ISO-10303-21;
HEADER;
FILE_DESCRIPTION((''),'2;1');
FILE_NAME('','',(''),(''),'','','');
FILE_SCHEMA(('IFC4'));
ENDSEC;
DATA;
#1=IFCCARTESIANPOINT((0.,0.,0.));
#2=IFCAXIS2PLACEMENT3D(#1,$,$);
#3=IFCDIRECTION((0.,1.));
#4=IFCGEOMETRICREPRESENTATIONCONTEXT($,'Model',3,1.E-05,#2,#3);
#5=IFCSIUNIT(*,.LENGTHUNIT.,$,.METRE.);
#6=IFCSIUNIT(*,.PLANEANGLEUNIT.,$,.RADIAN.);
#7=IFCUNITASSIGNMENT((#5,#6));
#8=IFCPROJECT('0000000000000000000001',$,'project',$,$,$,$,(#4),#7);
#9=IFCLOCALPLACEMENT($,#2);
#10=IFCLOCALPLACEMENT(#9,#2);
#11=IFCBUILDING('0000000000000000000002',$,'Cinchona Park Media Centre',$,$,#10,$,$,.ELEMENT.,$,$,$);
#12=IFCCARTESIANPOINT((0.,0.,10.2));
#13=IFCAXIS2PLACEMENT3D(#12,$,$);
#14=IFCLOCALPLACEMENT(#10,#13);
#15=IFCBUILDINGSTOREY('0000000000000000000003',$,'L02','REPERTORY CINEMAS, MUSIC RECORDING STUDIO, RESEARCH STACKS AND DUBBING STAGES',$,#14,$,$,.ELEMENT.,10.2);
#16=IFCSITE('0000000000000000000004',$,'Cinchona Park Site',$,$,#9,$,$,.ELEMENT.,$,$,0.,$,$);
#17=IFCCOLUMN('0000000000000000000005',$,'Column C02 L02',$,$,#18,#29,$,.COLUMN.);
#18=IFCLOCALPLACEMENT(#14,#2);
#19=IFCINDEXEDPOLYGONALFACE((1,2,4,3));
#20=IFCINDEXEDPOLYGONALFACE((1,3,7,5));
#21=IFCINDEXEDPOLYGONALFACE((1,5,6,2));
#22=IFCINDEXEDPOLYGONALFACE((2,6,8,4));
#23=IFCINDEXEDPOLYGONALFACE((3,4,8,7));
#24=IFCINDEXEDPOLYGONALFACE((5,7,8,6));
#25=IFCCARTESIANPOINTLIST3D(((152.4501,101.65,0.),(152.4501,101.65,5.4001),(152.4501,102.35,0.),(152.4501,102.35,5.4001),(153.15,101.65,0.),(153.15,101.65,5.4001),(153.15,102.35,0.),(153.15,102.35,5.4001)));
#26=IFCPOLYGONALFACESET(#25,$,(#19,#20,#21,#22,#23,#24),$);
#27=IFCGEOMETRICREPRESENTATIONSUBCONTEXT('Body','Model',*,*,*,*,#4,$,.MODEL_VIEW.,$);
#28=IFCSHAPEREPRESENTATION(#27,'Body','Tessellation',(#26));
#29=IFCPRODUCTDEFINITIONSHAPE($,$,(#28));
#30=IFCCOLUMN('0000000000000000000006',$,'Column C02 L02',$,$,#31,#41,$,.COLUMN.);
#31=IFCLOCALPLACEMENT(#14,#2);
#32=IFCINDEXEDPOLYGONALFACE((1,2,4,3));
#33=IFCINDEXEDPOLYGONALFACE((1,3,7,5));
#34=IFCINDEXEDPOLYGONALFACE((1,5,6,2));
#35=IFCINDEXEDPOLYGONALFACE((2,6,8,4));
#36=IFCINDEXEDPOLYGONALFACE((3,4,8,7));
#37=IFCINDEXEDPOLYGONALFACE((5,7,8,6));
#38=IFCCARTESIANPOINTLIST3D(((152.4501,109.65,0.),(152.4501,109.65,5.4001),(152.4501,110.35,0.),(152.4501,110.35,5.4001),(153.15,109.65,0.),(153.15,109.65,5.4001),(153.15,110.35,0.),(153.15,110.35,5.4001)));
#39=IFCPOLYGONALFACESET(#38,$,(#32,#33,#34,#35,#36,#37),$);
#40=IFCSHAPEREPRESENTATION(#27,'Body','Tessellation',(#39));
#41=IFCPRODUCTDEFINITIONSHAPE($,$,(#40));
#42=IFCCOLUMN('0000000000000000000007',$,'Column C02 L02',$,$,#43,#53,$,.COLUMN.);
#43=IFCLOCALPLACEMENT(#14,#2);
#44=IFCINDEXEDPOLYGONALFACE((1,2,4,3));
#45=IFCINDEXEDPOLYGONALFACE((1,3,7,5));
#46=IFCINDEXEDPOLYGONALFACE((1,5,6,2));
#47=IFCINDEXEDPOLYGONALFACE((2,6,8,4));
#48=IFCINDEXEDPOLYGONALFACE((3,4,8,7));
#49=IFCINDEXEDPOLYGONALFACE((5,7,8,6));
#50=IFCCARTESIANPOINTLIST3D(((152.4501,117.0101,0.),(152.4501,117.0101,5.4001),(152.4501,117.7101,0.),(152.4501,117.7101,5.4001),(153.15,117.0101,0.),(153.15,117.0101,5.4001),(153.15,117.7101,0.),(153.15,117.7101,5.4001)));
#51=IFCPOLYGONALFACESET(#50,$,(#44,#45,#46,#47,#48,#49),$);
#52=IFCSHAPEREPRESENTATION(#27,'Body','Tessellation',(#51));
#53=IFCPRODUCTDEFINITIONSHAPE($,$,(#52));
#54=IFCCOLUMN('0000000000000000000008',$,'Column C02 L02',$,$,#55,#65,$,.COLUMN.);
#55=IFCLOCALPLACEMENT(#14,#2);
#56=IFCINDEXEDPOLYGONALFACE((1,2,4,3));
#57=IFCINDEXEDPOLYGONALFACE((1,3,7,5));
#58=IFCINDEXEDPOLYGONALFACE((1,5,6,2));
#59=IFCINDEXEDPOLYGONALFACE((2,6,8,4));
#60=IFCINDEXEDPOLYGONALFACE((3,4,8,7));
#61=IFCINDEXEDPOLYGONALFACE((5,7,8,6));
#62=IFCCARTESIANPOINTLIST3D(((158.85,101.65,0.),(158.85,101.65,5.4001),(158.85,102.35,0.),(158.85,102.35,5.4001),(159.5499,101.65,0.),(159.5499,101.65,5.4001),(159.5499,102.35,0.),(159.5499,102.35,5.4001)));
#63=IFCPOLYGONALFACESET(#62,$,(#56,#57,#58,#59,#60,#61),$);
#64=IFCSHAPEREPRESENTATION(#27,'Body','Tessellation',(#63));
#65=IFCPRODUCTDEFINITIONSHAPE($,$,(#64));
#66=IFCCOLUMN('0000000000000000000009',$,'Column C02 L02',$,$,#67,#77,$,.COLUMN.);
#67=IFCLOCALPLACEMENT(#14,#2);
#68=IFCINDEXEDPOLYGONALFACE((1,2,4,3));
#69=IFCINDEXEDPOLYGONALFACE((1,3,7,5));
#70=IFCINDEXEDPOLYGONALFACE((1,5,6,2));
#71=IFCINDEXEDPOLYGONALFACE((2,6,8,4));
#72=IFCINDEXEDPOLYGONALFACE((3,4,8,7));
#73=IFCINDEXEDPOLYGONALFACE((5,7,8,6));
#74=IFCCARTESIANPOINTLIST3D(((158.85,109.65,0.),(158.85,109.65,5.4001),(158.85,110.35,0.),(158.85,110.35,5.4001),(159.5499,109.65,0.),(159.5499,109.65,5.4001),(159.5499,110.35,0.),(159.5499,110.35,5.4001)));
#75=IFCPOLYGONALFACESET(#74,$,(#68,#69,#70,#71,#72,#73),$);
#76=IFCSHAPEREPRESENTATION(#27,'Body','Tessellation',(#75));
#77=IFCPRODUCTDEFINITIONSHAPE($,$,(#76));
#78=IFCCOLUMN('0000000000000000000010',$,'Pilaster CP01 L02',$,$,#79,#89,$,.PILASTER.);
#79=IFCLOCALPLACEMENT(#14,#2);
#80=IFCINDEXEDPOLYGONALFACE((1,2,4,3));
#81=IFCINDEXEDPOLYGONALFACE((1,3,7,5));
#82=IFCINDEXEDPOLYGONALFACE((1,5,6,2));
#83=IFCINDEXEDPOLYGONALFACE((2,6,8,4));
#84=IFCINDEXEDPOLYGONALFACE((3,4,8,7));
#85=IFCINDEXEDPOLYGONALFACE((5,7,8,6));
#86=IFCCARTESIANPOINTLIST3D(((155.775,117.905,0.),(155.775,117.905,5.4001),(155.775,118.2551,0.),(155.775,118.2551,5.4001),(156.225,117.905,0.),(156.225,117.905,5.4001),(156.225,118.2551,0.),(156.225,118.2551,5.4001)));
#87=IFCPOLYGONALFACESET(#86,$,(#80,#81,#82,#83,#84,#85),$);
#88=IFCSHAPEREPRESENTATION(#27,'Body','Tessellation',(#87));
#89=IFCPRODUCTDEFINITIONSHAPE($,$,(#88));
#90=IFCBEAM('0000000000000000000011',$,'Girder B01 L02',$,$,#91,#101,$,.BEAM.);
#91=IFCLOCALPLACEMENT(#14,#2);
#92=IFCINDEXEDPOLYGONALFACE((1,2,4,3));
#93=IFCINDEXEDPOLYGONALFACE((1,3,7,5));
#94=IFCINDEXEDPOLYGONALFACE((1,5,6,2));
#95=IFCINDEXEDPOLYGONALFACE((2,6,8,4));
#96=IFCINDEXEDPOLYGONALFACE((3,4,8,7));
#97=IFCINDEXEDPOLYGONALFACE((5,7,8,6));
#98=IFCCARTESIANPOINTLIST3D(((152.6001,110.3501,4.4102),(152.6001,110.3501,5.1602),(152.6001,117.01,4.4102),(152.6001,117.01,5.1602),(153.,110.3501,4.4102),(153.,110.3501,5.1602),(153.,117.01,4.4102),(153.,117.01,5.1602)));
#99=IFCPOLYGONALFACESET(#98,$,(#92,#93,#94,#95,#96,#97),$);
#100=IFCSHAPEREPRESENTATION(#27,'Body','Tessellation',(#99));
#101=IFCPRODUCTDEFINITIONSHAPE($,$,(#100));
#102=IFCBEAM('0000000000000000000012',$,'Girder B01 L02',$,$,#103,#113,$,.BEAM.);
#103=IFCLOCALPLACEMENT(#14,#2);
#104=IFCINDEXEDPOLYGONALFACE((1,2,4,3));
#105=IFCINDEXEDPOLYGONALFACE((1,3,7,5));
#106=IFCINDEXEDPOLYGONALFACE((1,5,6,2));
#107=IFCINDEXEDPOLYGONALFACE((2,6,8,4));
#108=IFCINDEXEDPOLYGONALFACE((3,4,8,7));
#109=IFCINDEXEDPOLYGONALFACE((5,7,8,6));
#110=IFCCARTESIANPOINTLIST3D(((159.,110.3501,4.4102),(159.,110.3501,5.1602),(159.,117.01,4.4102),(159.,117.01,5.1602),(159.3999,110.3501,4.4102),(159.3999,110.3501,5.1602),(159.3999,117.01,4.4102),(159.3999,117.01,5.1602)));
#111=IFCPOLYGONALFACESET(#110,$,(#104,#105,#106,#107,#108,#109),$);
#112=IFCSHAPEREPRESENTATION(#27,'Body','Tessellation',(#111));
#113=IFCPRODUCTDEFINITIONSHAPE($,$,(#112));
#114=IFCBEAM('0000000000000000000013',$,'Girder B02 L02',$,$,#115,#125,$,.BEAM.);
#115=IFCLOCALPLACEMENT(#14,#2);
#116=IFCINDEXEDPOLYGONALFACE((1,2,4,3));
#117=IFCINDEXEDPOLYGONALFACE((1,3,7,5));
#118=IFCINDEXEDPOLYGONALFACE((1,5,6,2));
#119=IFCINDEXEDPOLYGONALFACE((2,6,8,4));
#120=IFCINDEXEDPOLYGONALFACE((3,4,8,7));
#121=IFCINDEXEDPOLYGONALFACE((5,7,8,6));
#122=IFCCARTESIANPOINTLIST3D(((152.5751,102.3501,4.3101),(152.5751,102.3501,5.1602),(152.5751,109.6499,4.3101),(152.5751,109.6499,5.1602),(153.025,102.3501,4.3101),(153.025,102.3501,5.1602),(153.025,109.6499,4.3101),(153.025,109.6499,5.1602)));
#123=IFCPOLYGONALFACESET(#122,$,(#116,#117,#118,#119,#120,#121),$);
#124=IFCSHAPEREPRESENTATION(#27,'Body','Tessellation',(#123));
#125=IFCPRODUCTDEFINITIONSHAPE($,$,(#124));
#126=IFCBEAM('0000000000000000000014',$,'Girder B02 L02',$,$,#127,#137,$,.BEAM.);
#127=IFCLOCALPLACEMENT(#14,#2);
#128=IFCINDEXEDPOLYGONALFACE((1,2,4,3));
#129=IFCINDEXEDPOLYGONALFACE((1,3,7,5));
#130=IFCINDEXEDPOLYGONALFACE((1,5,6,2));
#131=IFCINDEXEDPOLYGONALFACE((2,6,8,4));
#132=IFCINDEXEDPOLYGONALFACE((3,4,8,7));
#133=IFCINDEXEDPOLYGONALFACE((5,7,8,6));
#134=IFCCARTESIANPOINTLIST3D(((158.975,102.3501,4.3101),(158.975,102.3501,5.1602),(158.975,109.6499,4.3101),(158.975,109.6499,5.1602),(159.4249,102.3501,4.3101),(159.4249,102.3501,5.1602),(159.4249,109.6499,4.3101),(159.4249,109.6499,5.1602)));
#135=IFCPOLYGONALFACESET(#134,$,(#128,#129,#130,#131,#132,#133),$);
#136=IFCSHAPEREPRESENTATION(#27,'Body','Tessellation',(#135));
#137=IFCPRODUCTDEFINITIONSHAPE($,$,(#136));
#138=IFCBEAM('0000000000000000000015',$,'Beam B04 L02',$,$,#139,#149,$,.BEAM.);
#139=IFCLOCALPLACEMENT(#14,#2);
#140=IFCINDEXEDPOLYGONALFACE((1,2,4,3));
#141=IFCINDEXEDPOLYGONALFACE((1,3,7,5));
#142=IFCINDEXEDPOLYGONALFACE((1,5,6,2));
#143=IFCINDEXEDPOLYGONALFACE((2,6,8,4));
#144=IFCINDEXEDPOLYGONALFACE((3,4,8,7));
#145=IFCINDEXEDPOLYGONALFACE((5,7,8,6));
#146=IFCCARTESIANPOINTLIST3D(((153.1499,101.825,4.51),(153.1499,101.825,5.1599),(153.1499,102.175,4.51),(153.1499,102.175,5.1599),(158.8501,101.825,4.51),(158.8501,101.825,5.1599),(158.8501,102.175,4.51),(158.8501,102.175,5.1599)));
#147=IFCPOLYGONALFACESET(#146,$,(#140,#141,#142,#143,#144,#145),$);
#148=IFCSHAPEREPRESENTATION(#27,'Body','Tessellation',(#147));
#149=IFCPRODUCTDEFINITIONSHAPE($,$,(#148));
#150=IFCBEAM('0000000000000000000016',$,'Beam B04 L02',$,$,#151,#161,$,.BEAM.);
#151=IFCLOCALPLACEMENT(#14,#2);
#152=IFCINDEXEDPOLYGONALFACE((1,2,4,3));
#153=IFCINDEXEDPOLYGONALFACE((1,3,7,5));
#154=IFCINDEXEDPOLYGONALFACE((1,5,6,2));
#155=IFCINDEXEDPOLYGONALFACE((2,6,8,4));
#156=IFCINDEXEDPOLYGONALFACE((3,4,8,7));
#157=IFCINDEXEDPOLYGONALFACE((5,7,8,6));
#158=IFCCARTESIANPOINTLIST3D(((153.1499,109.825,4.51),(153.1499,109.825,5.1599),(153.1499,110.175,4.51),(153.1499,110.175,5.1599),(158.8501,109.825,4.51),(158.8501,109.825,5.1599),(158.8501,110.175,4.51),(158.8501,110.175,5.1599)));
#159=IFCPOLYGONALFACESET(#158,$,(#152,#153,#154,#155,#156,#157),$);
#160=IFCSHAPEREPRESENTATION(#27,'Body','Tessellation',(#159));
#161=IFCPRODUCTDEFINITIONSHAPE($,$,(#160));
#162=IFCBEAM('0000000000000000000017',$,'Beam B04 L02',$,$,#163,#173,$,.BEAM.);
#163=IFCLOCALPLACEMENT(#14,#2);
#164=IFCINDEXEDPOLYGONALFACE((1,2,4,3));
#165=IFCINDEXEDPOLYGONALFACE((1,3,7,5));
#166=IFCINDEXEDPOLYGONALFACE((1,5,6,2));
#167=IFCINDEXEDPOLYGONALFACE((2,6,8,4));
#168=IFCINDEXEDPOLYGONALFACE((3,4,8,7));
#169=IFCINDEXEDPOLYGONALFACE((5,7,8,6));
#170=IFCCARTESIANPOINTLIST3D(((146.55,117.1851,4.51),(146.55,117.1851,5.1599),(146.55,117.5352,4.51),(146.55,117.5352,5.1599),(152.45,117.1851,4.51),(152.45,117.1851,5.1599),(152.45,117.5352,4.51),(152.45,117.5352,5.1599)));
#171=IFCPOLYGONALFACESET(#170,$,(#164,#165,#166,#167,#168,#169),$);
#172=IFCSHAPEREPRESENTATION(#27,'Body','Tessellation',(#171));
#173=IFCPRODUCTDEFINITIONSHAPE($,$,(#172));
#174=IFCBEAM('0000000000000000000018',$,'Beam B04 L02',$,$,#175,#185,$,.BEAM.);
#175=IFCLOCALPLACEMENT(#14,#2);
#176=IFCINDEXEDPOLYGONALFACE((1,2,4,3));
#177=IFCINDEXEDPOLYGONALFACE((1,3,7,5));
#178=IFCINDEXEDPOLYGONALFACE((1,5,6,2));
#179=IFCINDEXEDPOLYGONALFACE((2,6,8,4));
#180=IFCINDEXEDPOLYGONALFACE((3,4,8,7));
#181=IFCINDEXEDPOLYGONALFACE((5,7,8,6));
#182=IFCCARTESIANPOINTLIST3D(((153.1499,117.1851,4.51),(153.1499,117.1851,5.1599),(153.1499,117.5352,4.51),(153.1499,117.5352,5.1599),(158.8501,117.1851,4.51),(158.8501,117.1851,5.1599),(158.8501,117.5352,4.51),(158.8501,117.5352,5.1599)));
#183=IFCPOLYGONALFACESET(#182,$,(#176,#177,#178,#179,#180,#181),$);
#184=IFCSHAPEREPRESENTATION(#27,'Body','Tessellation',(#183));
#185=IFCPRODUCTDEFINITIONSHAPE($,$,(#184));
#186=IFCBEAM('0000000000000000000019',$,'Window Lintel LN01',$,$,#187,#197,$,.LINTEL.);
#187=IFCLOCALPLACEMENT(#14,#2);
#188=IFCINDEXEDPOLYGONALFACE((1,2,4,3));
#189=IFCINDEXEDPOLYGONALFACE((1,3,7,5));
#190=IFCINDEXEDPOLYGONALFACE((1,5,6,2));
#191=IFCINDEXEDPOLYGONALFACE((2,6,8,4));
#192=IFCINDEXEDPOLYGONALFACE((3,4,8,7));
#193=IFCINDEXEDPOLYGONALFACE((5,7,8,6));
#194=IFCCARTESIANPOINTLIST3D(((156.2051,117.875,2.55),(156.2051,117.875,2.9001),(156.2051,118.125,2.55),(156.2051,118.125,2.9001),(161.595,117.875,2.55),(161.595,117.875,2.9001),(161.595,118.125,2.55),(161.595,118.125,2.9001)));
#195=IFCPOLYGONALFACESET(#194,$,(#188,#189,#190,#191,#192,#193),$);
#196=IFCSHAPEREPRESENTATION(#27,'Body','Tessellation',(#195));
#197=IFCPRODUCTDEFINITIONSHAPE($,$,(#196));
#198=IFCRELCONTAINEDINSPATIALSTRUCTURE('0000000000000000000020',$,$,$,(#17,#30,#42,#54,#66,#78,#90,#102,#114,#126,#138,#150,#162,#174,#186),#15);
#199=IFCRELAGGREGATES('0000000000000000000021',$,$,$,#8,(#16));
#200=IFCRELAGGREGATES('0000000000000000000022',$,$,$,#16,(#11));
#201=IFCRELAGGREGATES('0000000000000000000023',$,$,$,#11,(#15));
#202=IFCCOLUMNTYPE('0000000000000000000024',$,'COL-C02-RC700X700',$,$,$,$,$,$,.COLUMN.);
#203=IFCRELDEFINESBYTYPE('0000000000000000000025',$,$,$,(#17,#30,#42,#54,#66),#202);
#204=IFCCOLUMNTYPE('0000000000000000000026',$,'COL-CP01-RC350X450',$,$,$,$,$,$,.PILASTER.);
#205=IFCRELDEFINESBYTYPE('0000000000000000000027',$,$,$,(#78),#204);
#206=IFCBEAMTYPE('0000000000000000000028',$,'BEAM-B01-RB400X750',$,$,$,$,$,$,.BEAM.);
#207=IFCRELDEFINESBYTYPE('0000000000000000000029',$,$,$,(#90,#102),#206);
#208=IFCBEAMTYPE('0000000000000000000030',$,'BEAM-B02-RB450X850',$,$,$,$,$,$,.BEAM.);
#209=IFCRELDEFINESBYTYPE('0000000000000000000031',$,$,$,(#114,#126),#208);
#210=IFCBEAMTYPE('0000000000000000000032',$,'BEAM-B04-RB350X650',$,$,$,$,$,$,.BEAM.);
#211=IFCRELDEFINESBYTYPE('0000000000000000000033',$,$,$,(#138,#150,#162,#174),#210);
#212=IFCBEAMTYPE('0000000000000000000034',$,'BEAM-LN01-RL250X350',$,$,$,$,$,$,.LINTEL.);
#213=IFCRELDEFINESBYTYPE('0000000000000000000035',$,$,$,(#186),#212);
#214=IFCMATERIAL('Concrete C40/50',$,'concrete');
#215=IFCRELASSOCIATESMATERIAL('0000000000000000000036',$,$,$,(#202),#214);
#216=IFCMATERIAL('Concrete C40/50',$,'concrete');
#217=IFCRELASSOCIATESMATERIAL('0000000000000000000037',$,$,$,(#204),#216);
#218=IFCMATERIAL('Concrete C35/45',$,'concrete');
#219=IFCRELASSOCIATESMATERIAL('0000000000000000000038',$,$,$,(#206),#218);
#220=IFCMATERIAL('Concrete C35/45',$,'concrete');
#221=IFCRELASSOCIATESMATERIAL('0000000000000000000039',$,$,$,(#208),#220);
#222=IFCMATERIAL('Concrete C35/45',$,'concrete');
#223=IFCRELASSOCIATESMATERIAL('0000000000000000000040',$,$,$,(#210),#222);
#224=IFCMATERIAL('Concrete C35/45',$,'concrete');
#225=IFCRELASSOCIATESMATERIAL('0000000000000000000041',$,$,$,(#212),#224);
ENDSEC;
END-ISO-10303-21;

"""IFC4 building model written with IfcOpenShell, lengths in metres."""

from ifc_helpers import new_model, si_unit, direction, frame, origin, origin_2d, place, context, subcontext, project, spatial, rectangle, extrude, material, material_profile, profile_set, type_object, element, save


model = new_model("IFC4")

# Units and contexts
model_context = context("Model", 3, precision=1e-05, world=origin(), true_north=direction((0.0, 1.0)))
body_context = subcontext(model_context, "Body", "Model", "MODEL_VIEW")
ifc_project = project(units=[si_unit("LENGTHUNIT", "METRE"), si_unit("PLANEANGLEUNIT", "RADIAN")], contexts=[model_context])

# Site, building, storey
site_placement = place(None, origin())
site = spatial("IfcSite", under=ifc_project, at=site_placement, Name="Cinchona Park Site", CompositionType="ELEMENT", RefElevation=0.0)
building_placement = place(site_placement, origin())
building = spatial("IfcBuilding", under=site, at=building_placement, Name="Cinchona Park Media Centre", CompositionType="ELEMENT")
storey_placement = place(building_placement, frame((0.0, 0.0, 10.2)))
storey = spatial("IfcBuildingStorey", under=building, at=storey_placement, Name="L02", Description="REPERTORY CINEMAS, MUSIC RECORDING STUDIO, RESEARCH STACKS AND DUBBING STAGES", CompositionType="ELEMENT", Elevation=10.2)

# Columns
ifc_material_1 = material(Name="Concrete C40/50", Category="concrete")
ifc_material_profile_1 = material_profile(ifc_material_1, rectangle(XDim=0.7, YDim=0.7, at=origin_2d()), Name="RC 700X700")
ifc_profile_set_1 = profile_set([ifc_material_profile_1], Name="Concrete C40/50")
column_type_1 = type_object("IfcColumnType", Name="COL-C02-RC700X700", PredefinedType="COLUMN", material=ifc_profile_set_1)
for number, where, z_axis, x_axis, name in (
    (1, (152.8, 102.0, 0.0), (0.0, 0.0, 1.0), (1.0, 0.0, 0.0), "Column C02 L02"),
    (2, (152.8, 110.0, 0.0), (0.0, 0.0, 1.0), (1.0, 0.0, 0.0), "Column C02 L02"),
    (3, (152.8, 117.3601, 0.0), (0.0, 0.0, 1.0), (1.0, 0.0, 0.0), "Column C02 L02"),
    (4, (159.2, 102.0, 0.0), (0.0, 0.0, 1.0), (1.0, 0.0, 0.0), "Column C02 L02"),
    (5, (159.2, 110.0, 0.0), (0.0, 0.0, 1.0), (1.0, 0.0, 0.0), "Column C02 L02"),
):
    element("IfcColumn", number, at=place(storey_placement, frame(where, z_axis=z_axis, x_axis=x_axis)), inside=storey, type_object=column_type_1, Name=name, PredefinedType="COLUMN", context=body_context, shape_type="SweptSolid", body=[
        extrude(rectangle(XDim=0.7, YDim=0.7, at=origin_2d()), origin(), (0.0, 0.0, 1.0), 5.4001),
    ])
ifc_material_2 = material(Name="Concrete C40/50", Category="concrete")
ifc_material_profile_2 = material_profile(ifc_material_2, rectangle(XDim=0.3501, YDim=0.45, at=origin_2d()), Name="RC 350X450")
ifc_profile_set_2 = profile_set([ifc_material_profile_2], Name="Concrete C40/50")
column_type_2 = type_object("IfcColumnType", Name="COL-CP01-RC350X450", PredefinedType="PILASTER", material=ifc_profile_set_2)
column_placement = place(storey_placement, frame((156.0, 118.0801, 0.0), z_axis=(0.0, 0.0, 1.0), x_axis=(0.0, 1.0, 0.0)))
element("IfcColumn", 6, at=column_placement, inside=storey, type_object=column_type_2, Name="Pilaster CP01 L02", PredefinedType="PILASTER", context=body_context, shape_type="SweptSolid", body=[
    extrude(rectangle(XDim=0.3501, YDim=0.45, at=origin_2d()), origin(), (0.0, 0.0, 1.0), 5.4001),
])

# Beams
ifc_material_3 = material(Name="Concrete C35/45", Category="concrete")
ifc_material_profile_3 = material_profile(ifc_material_3, rectangle(XDim=0.3999, YDim=0.75, at=origin_2d()), Name="RB 400X750")
ifc_profile_set_3 = profile_set([ifc_material_profile_3], Name="Concrete C35/45")
beam_type_1 = type_object("IfcBeamType", Name="BEAM-B01-RB400X750", PredefinedType="BEAM", material=ifc_profile_set_3)
for number, where, z_axis, x_axis, name in (
    (7, (152.8, 110.3501, 4.7852), (0.0, 1.0, 0.0), (-1.0, 0.0, 0.0), "Girder B01 L02"),
    (8, (159.2, 110.3501, 4.7852), (0.0, 1.0, 0.0), (-1.0, 0.0, 0.0), "Girder B01 L02"),
):
    element("IfcBeam", number, at=place(storey_placement, frame(where, z_axis=z_axis, x_axis=x_axis)), inside=storey, type_object=beam_type_1, Name=name, PredefinedType="BEAM", context=body_context, shape_type="SweptSolid", body=[
        extrude(rectangle(XDim=0.3999, YDim=0.75, at=origin_2d()), origin(), (0.0, 0.0, 1.0), 6.6599),
    ])
ifc_material_4 = material(Name="Concrete C35/45", Category="concrete")
ifc_material_profile_4 = material_profile(ifc_material_4, rectangle(XDim=0.45, YDim=0.8501, at=origin_2d()), Name="RB 450X850")
ifc_profile_set_4 = profile_set([ifc_material_profile_4], Name="Concrete C35/45")
beam_type_2 = type_object("IfcBeamType", Name="BEAM-B02-RB450X850", PredefinedType="BEAM", material=ifc_profile_set_4)
for number, where, z_axis, x_axis, name in (
    (9, (152.8, 102.3501, 4.7351), (0.0, 1.0, 0.0), (-1.0, 0.0, 0.0), "Girder B02 L02"),
    (10, (159.2, 102.3501, 4.7351), (0.0, 1.0, 0.0), (-1.0, 0.0, 0.0), "Girder B02 L02"),
):
    element("IfcBeam", number, at=place(storey_placement, frame(where, z_axis=z_axis, x_axis=x_axis)), inside=storey, type_object=beam_type_2, Name=name, PredefinedType="BEAM", context=body_context, shape_type="SweptSolid", body=[
        extrude(rectangle(XDim=0.45, YDim=0.8501, at=origin_2d()), origin(), (0.0, 0.0, 1.0), 7.2998),
    ])
ifc_material_5 = material(Name="Concrete C35/45", Category="concrete")
ifc_material_profile_5 = material_profile(ifc_material_5, rectangle(XDim=0.3501, YDim=0.6499, at=origin_2d()), Name="RB 350X650")
ifc_profile_set_5 = profile_set([ifc_material_profile_5], Name="Concrete C35/45")
beam_type_3 = type_object("IfcBeamType", Name="BEAM-B04-RB350X650", PredefinedType="BEAM", material=ifc_profile_set_5)
for number, where, z_axis, x_axis, name in (
    (11, (153.1499, 102.0, 4.835), (1.0, 0.0, 0.0), (0.0, 1.0, 0.0), "Beam B04 L02"),
    (12, (153.1499, 110.0, 4.835), (1.0, 0.0, 0.0), (0.0, 1.0, 0.0), "Beam B04 L02"),
):
    element("IfcBeam", number, at=place(storey_placement, frame(where, z_axis=z_axis, x_axis=x_axis)), inside=storey, type_object=beam_type_3, Name=name, PredefinedType="BEAM", context=body_context, shape_type="SweptSolid", body=[
        extrude(rectangle(XDim=0.3501, YDim=0.6499, at=origin_2d()), origin(), (0.0, 0.0, 1.0), 5.7002),
    ])
beam_1_placement = place(storey_placement, frame((146.55, 117.3601, 4.835), z_axis=(1.0, 0.0, 0.0), x_axis=(0.0, 1.0, 0.0)))
element("IfcBeam", 13, at=beam_1_placement, inside=storey, type_object=beam_type_3, Name="Beam B04 L02", PredefinedType="BEAM", context=body_context, shape_type="SweptSolid", body=[
    extrude(rectangle(XDim=0.3501, YDim=0.6499, at=origin_2d()), origin(), (0.0, 0.0, 1.0), 5.8999),
])
beam_2_placement = place(storey_placement, frame((153.1499, 117.3601, 4.835), z_axis=(1.0, 0.0, 0.0), x_axis=(0.0, 1.0, 0.0)))
element("IfcBeam", 14, at=beam_2_placement, inside=storey, type_object=beam_type_3, Name="Beam B04 L02", PredefinedType="BEAM", context=body_context, shape_type="SweptSolid", body=[
    extrude(rectangle(XDim=0.3501, YDim=0.6499, at=origin_2d()), origin(), (0.0, 0.0, 1.0), 5.7002),
])
ifc_material_6 = material(Name="Concrete C35/45", Category="concrete")
ifc_material_profile_6 = material_profile(ifc_material_6, rectangle(XDim=0.25, YDim=0.3501, at=origin_2d()), Name="RL 250X350")
ifc_profile_set_6 = profile_set([ifc_material_profile_6], Name="Concrete C35/45")
beam_type_4 = type_object("IfcBeamType", Name="BEAM-LN01-RL250X350", PredefinedType="LINTEL", material=ifc_profile_set_6)
beam_3_placement = place(storey_placement, frame((156.2051, 118.0, 2.7251), z_axis=(1.0, 0.0, 0.0), x_axis=(0.0, 1.0, 0.0)))
element("IfcBeam", 15, at=beam_3_placement, inside=storey, type_object=beam_type_4, Name="Window Lintel LN01", PredefinedType="LINTEL", context=body_context, shape_type="SweptSolid", body=[
    extrude(rectangle(XDim=0.25, YDim=0.3501, at=origin_2d()), origin(), (0.0, 0.0, 1.0), 5.3899),
])

save(model, "model.ifc")
